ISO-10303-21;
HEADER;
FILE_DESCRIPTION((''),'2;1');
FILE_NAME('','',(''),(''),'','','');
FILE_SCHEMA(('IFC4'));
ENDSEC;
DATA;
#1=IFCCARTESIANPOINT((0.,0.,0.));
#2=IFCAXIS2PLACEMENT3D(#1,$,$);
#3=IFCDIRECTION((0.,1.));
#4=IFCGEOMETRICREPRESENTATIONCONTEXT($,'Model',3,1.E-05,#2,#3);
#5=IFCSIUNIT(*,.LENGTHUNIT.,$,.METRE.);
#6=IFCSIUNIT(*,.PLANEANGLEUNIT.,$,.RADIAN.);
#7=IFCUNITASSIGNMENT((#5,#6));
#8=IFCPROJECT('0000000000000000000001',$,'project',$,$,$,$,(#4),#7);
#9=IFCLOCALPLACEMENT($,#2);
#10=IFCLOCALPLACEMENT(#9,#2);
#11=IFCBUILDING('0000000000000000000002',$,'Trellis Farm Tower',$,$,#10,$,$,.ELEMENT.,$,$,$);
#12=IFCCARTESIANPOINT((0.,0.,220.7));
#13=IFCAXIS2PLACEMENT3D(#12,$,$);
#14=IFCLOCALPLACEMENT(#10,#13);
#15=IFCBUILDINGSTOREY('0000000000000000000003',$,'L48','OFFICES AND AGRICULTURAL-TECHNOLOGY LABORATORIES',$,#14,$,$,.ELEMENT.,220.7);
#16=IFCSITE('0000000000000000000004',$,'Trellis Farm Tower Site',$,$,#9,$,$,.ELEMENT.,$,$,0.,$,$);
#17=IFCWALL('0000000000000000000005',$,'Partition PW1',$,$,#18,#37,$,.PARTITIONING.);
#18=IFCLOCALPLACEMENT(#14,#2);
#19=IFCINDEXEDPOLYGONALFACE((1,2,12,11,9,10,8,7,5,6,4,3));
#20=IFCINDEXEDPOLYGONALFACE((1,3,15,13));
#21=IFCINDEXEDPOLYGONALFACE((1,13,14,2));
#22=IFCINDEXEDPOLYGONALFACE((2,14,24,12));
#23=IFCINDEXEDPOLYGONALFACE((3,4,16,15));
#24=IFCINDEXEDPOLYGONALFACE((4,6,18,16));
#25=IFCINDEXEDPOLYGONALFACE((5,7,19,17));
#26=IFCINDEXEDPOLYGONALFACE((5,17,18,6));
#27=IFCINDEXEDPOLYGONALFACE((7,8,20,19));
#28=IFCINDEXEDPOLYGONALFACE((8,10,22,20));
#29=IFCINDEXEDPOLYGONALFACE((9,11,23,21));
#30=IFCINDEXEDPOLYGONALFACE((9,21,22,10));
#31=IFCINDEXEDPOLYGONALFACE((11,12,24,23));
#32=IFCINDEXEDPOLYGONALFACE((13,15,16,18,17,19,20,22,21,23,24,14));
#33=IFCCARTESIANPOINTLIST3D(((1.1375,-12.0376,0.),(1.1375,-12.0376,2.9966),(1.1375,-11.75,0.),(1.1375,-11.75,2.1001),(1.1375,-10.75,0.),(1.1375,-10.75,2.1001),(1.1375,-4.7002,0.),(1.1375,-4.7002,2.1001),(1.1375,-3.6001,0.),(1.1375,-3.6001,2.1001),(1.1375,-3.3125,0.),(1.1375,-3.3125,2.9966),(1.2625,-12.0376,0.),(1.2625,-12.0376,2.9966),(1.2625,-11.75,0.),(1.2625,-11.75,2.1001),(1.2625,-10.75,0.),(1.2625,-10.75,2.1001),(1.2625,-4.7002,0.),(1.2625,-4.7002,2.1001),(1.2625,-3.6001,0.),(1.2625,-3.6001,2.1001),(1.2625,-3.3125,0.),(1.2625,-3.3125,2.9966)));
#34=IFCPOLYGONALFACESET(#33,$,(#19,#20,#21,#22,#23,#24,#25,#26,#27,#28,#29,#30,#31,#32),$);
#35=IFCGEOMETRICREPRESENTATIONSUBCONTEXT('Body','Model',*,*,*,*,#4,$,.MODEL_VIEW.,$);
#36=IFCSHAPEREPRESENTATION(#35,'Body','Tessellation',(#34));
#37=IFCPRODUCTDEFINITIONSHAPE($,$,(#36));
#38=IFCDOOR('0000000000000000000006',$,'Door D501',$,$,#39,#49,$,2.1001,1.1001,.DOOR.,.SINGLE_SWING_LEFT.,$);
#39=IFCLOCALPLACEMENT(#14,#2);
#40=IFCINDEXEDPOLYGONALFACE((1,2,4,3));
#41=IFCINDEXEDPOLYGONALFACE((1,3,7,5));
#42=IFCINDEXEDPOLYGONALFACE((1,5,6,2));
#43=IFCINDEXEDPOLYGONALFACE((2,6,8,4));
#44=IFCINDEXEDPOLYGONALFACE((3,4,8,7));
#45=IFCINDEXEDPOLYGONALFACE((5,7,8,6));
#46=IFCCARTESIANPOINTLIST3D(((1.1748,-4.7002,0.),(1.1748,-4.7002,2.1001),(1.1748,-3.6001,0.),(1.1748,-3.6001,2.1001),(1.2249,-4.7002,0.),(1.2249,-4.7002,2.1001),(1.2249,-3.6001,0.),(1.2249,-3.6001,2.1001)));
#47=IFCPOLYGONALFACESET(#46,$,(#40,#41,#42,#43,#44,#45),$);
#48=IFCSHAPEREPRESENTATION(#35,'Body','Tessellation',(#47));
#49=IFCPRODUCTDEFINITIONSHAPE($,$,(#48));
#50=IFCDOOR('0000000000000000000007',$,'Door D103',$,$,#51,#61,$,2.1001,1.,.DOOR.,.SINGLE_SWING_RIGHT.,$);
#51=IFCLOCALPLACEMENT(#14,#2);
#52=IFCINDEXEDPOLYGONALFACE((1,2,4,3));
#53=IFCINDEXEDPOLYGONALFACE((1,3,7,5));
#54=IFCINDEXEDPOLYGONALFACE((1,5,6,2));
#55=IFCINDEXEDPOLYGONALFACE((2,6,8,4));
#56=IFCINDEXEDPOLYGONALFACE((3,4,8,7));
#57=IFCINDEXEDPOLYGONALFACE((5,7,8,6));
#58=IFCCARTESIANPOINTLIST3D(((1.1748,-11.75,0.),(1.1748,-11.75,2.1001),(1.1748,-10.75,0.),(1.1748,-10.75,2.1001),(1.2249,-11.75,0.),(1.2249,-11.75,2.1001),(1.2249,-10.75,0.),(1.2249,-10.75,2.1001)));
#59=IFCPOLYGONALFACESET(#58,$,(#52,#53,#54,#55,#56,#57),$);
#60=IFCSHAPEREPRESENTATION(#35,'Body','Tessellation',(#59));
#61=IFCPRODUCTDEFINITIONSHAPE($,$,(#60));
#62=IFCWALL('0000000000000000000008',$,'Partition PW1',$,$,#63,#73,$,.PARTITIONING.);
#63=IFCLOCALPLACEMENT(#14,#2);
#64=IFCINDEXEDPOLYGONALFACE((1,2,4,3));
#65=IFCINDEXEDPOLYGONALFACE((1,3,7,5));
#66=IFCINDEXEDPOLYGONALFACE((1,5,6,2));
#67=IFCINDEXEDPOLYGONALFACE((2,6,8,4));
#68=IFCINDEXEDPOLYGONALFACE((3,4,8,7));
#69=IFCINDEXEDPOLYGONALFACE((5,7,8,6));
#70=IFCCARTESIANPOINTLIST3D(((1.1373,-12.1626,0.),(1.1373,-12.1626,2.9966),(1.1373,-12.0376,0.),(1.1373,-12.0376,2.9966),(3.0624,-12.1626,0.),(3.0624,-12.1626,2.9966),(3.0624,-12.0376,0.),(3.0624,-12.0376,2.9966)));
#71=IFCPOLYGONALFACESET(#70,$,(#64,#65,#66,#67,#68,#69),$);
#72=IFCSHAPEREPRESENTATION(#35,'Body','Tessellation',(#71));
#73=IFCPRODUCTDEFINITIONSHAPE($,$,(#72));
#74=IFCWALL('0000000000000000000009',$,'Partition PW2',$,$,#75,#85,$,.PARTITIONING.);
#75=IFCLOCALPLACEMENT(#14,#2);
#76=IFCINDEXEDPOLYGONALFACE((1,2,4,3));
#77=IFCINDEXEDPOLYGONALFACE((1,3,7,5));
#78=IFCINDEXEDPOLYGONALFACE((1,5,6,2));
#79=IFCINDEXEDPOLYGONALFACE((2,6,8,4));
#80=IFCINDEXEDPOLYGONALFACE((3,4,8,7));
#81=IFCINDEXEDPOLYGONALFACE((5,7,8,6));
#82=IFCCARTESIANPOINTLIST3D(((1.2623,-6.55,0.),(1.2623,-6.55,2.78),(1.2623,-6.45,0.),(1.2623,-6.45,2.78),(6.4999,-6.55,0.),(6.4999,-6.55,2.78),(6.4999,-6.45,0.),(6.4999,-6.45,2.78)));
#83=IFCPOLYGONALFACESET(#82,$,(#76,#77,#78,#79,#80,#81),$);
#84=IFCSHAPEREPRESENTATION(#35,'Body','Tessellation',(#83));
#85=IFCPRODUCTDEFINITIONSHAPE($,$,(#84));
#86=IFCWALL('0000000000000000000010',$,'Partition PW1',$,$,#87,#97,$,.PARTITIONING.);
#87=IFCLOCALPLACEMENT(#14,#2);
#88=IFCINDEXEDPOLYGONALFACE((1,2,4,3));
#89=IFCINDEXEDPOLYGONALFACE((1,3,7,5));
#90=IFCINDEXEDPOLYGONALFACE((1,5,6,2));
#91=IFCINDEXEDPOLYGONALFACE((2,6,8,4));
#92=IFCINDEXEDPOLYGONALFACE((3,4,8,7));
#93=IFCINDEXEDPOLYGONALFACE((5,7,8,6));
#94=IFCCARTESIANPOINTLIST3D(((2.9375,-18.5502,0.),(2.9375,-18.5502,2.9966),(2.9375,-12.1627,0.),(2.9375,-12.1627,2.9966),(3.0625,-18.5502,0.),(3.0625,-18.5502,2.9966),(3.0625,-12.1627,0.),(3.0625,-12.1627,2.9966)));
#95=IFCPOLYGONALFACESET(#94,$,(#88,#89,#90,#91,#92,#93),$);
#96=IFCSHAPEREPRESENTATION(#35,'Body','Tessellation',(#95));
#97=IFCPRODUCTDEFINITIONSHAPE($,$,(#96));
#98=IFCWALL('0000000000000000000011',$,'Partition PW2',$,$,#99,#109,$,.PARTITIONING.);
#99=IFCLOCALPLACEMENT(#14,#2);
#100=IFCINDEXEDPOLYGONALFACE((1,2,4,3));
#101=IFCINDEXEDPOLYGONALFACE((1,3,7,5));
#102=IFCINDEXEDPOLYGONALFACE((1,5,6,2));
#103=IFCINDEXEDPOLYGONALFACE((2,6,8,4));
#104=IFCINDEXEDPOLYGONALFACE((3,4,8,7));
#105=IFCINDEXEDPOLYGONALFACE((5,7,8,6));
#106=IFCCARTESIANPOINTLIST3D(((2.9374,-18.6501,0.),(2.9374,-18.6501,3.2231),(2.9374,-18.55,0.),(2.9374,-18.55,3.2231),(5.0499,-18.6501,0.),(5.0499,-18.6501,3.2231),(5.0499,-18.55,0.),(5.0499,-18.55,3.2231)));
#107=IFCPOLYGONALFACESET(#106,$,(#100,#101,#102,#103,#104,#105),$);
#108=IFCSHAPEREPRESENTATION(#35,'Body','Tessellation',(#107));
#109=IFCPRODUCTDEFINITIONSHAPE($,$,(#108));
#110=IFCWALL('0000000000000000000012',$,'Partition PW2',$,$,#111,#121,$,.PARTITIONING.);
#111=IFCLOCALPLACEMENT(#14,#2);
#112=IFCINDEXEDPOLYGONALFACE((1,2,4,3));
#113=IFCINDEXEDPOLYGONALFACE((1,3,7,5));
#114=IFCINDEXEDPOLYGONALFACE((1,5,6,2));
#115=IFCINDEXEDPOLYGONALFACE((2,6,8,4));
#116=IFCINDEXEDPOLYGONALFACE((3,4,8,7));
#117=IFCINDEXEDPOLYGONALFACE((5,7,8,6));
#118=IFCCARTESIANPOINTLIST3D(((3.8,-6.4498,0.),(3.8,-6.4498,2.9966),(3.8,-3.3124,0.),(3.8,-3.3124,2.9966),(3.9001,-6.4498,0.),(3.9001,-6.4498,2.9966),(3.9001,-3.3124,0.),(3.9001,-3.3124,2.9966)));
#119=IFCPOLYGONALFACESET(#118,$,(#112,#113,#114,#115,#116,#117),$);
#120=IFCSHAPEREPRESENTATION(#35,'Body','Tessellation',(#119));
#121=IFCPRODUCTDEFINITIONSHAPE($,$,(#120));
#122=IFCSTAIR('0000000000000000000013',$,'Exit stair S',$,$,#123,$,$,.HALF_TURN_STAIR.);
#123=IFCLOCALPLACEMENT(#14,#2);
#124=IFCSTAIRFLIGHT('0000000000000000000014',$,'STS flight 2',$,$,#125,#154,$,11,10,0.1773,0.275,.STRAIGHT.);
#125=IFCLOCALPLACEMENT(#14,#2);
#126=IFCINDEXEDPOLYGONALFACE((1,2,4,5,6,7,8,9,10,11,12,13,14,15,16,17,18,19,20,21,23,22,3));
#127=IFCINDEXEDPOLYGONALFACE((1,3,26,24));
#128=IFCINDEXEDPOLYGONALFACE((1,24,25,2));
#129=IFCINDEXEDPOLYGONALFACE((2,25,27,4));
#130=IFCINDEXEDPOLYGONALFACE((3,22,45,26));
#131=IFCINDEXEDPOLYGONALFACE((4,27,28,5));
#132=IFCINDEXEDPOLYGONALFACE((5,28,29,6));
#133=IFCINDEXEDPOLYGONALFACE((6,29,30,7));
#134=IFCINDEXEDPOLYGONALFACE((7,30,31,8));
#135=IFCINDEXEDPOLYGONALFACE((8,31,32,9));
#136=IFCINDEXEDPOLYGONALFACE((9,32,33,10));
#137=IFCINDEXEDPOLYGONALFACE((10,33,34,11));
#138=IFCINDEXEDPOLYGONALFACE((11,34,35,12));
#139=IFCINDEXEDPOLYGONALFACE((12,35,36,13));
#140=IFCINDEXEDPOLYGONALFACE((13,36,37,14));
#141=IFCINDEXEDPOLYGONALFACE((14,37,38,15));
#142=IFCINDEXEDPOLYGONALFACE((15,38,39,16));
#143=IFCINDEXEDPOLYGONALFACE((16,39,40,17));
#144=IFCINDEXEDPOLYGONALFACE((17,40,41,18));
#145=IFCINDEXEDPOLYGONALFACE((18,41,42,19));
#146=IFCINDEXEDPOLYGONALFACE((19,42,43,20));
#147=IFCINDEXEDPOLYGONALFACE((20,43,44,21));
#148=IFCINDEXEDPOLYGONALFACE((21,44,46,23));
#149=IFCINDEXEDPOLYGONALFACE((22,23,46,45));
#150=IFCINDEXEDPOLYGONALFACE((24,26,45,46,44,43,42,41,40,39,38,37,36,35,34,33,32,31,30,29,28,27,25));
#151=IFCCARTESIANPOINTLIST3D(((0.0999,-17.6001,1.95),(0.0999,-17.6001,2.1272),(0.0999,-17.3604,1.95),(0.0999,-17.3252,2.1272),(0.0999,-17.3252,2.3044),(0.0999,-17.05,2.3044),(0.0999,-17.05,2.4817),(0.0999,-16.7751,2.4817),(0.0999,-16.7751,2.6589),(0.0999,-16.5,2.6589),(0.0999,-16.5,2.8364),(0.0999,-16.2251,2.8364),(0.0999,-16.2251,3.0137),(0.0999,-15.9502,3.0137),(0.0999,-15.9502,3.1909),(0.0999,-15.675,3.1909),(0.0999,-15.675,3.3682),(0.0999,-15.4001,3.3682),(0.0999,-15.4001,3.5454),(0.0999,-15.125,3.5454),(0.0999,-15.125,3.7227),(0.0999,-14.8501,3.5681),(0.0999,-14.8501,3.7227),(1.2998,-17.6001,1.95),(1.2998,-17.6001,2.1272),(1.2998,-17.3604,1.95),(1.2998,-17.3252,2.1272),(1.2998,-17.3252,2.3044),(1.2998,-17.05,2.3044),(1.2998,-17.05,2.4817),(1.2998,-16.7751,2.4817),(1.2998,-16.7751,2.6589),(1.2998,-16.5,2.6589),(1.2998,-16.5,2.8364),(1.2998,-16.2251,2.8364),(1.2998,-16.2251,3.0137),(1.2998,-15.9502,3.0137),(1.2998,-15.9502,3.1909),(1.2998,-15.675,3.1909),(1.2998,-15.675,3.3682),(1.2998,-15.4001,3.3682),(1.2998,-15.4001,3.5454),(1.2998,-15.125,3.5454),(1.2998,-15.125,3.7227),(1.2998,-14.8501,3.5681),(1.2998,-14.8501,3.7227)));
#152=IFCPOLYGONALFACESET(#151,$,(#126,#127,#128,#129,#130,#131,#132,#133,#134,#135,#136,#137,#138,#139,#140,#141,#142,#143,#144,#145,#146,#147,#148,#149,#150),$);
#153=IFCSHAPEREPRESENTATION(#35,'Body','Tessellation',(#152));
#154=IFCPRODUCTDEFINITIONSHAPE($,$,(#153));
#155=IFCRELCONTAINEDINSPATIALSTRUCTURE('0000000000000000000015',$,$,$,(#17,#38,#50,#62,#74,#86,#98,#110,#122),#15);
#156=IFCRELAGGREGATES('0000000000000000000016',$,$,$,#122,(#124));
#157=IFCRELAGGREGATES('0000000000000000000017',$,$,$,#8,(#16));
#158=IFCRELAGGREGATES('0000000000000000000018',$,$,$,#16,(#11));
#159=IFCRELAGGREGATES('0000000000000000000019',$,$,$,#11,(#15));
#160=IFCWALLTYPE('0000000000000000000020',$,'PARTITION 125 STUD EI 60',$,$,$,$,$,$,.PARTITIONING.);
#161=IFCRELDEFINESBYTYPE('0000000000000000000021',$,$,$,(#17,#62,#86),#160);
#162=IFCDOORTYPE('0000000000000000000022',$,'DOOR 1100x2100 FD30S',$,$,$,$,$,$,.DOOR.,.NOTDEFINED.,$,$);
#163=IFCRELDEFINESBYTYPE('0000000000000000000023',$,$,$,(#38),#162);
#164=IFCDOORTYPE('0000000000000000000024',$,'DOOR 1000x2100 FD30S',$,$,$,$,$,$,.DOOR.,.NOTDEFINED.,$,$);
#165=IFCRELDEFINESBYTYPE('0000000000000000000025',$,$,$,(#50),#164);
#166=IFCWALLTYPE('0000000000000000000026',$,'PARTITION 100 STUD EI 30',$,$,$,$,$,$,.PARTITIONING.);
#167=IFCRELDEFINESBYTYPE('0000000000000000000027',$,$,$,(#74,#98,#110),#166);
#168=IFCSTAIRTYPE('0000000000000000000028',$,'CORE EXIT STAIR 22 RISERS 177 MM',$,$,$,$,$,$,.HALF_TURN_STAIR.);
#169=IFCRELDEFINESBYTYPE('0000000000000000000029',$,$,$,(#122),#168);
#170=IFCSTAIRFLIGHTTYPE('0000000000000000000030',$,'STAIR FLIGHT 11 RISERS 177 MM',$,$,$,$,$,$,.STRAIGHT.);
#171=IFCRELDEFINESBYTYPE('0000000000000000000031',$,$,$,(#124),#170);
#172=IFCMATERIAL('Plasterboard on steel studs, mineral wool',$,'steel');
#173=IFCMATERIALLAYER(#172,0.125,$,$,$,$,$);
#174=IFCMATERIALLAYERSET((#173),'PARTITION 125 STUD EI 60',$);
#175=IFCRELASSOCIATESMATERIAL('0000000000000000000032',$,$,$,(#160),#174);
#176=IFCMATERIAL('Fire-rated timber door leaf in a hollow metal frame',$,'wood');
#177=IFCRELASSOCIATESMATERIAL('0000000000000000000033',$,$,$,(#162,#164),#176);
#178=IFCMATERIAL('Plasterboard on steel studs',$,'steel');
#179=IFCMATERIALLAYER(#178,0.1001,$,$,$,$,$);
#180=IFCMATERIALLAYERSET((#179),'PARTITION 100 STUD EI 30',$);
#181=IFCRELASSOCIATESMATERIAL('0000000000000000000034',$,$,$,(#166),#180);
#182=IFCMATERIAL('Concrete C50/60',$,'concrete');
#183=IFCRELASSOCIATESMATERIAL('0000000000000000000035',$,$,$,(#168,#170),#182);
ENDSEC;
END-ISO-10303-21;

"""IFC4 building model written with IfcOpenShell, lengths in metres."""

from ifc_helpers import new_model, si_unit, direction, frame, frame_2d, origin, place, context, subcontext, project, spatial, polyline, rectangle, outline, extrude, source, transform, mapped, material, layer, layer_set, type_object, element, fill, aggregate, save


model = new_model("IFC4")

# Units and contexts
model_context = context("Model", 3, precision=1e-05, world=origin(), true_north=direction((0.0, 1.0)))
body_context = subcontext(model_context, "Body", "Model", "MODEL_VIEW")
ifc_project = project(units=[si_unit("LENGTHUNIT", "METRE"), si_unit("PLANEANGLEUNIT", "RADIAN")], contexts=[model_context])

# Site, building, storey
site_placement = place(None, origin())
site = spatial("IfcSite", under=ifc_project, at=site_placement, Name="Trellis Farm Tower Site", CompositionType="ELEMENT", RefElevation=0.0)
building_placement = place(site_placement, origin())
building = spatial("IfcBuilding", under=site, at=building_placement, Name="Trellis Farm Tower", CompositionType="ELEMENT")
storey_placement = place(building_placement, frame((0.0, 0.0, 220.7)))
storey = spatial("IfcBuildingStorey", under=building, at=storey_placement, Name="L48", Description="OFFICES AND AGRICULTURAL-TECHNOLOGY LABORATORIES", CompositionType="ELEMENT", Elevation=220.7)

# Shared definitions
placement = place(storey_placement, origin())

# Shared definitions
ifc_material_1 = material(Name="Plasterboard on steel studs, mineral wool", Category="steel")
ifc_layer_1 = layer(ifc_material_1, 0.125)
ifc_layer_set_1 = layer_set([ifc_layer_1], Name="PARTITION 125 STUD EI 60")
wall_type_1 = type_object("IfcWallType", Name="PARTITION 125 STUD EI 60", PredefinedType="PARTITIONING", material=ifc_layer_set_1)

# Wall, openings, doors
shared_shape_1 = source(origin(), body_context, "Body", "SweptSolid", [
    extrude(rectangle(XDim=8.7251, YDim=0.125, at=frame_2d((4.3625, 0.0))), origin(), (0.0, 0.0, 1.0), 2.9966),
])
wall_1_placement = place(storey_placement, frame((1.2, -3.3125, 0.0), z_axis=(0.0, 0.0, 1.0), x_axis=(0.0, -1.0, 0.0)))
wall_1 = element("IfcWall", 1, at=wall_1_placement, inside=storey, type_object=wall_type_1, Name="Partition PW1", PredefinedType="PARTITIONING", context=body_context, shape_type="MappedRepresentation", body=[
    mapped(shared_shape_1, transform((0.0, 0.0, 0.0))),
])
shared_shape_2 = source(origin(), body_context, "Body", "SweptSolid", [
    extrude(rectangle(XDim=1.0, YDim=2.1001, at=frame_2d((0.5, 1.05))), frame((0.0, 0.0725, 0.0), z_axis=(0.0, -1.0, 0.0), x_axis=(1.0, 0.0, 0.0)), (0.0, 0.0, 1.0), 0.145),
])
opening_1_placement = place(wall_1_placement, frame((7.4375, 0.0, 0.0)))
opening_1 = element("IfcOpeningElement", 2, at=opening_1_placement, cuts=wall_1, PredefinedType="OPENING", context=body_context, shape_type="MappedRepresentation", body=[
    mapped(shared_shape_2, transform((0.0, 0.0, 0.0))),
])
shared_shape_3 = source(origin(), body_context, "Body", "SweptSolid", [
    extrude(rectangle(XDim=1.1001, YDim=2.1001, at=frame_2d((0.55, 1.05))), frame((0.0, 0.0725, 0.0), z_axis=(0.0, -1.0, 0.0), x_axis=(1.0, 0.0, 0.0)), (0.0, 0.0, 1.0), 0.145),
])
opening_2_placement = place(wall_1_placement, frame((0.2876, 0.0, 0.0)))
opening_2 = element("IfcOpeningElement", 3, at=opening_2_placement, cuts=wall_1, PredefinedType="OPENING", context=body_context, shape_type="MappedRepresentation", body=[
    mapped(shared_shape_3, transform((0.0, 0.0, 0.0))),
])
ifc_material_2 = material(Name="Fire-rated timber door leaf in a hollow metal frame", Category="wood")
door_type_1 = type_object("IfcDoorType", Name="DOOR 1100x2100 FD30S", OperationType="NOTDEFINED", PredefinedType="DOOR", material=ifc_material_2)
shared_shape_4 = source(origin(), body_context, "Body", "SweptSolid", [
    extrude(rectangle(XDim=1.1001, YDim=2.1001, at=frame_2d((0.55, 1.05))), frame((0.0, 0.0249, 0.0), z_axis=(0.0, -1.0, 0.0), x_axis=(1.0, 0.0, 0.0)), (0.0, 0.0, 1.0), 0.05),
])
door_1_placement = place(opening_2_placement, origin())
door_1 = element("IfcDoor", 4, at=door_1_placement, inside=storey, type_object=door_type_1, Name="Door D501", OperationType="SINGLE_SWING_LEFT", OverallHeight=2.1001, OverallWidth=1.1001, PredefinedType="DOOR", context=body_context, shape_type="MappedRepresentation", body=[
    mapped(shared_shape_4, transform((0.0, 0.0, 0.0))),
])
fill(opening_2, door_1)
door_type_2 = type_object("IfcDoorType", Name="DOOR 1000x2100 FD30S", OperationType="NOTDEFINED", PredefinedType="DOOR", material=ifc_material_2)
shared_shape_5 = source(origin(), body_context, "Body", "SweptSolid", [
    extrude(rectangle(XDim=1.0, YDim=2.1001, at=frame_2d((0.5, 1.05))), frame((0.0, 0.0249, 0.0), z_axis=(0.0, -1.0, 0.0), x_axis=(1.0, 0.0, 0.0)), (0.0, 0.0, 1.0), 0.05),
])
door_2_placement = place(opening_1_placement, origin())
door_2 = element("IfcDoor", 5, at=door_2_placement, inside=storey, type_object=door_type_2, Name="Door D103", OperationType="SINGLE_SWING_RIGHT", OverallHeight=2.1001, OverallWidth=1.0, PredefinedType="DOOR", context=body_context, shape_type="MappedRepresentation", body=[
    mapped(shared_shape_5, transform((0.0, 0.0, 0.0))),
])
fill(opening_1, door_2)

# Walls
shared_shape_6 = source(origin(), body_context, "Body", "SweptSolid", [
    extrude(rectangle(XDim=1.925, YDim=0.125, at=frame_2d((0.9624, 0.0))), origin(), (0.0, 0.0, 1.0), 2.9966),
])
wall_2_placement = place(storey_placement, frame((1.1375, -12.1001, 0.0), z_axis=(0.0, 0.0, 1.0), x_axis=(1.0, 0.0, 0.0)))
element("IfcWall", 6, at=wall_2_placement, inside=storey, type_object=wall_type_1, Name="Partition PW1", PredefinedType="PARTITIONING", context=body_context, shape_type="MappedRepresentation", body=[
    mapped(shared_shape_6, transform((0.0, 0.0, 0.0))),
])
ifc_material_3 = material(Name="Plasterboard on steel studs", Category="steel")
ifc_layer_2 = layer(ifc_material_3, 0.1001)
ifc_layer_set_2 = layer_set([ifc_layer_2], Name="PARTITION 100 STUD EI 30")
wall_type_2 = type_object("IfcWallType", Name="PARTITION 100 STUD EI 30", PredefinedType="PARTITIONING", material=ifc_layer_set_2)
shared_shape_7 = source(origin(), body_context, "Body", "SweptSolid", [
    extrude(rectangle(XDim=5.2375, YDim=0.1001, at=frame_2d((2.6187, 0.0))), origin(), (0.0, 0.0, 1.0), 2.78),
])
wall_3_placement = place(storey_placement, frame((1.2625, -6.5, 0.0), z_axis=(0.0, 0.0, 1.0), x_axis=(1.0, 0.0, 0.0)))
element("IfcWall", 7, at=wall_3_placement, inside=storey, type_object=wall_type_2, Name="Partition PW2", PredefinedType="PARTITIONING", context=body_context, shape_type="MappedRepresentation", body=[
    mapped(shared_shape_7, transform((0.0, 0.0, 0.0))),
])
shared_shape_8 = source(origin(), body_context, "Body", "SweptSolid", [
    extrude(rectangle(XDim=6.3875, YDim=0.125, at=frame_2d((3.1938, 0.0))), origin(), (0.0, 0.0, 1.0), 2.9966),
])
wall_4_placement = place(storey_placement, frame((3.0, -12.1626, 0.0), z_axis=(0.0, 0.0, 1.0), x_axis=(0.0, -1.0, 0.0)))
element("IfcWall", 8, at=wall_4_placement, inside=storey, type_object=wall_type_1, Name="Partition PW1", PredefinedType="PARTITIONING", context=body_context, shape_type="MappedRepresentation", body=[
    mapped(shared_shape_8, transform((0.0, 0.0, 0.0))),
])
shared_shape_9 = source(origin(), body_context, "Body", "SweptSolid", [
    extrude(rectangle(XDim=2.1125, YDim=0.1001, at=frame_2d((1.0562, 0.0))), origin(), (0.0, 0.0, 1.0), 3.2231),
])
wall_5_placement = place(storey_placement, frame((2.9375, -18.6001, 0.0), z_axis=(0.0, 0.0, 1.0), x_axis=(1.0, 0.0, 0.0)))
element("IfcWall", 9, at=wall_5_placement, inside=storey, type_object=wall_type_2, Name="Partition PW2", PredefinedType="PARTITIONING", context=body_context, shape_type="MappedRepresentation", body=[
    mapped(shared_shape_9, transform((0.0, 0.0, 0.0))),
])
shared_shape_10 = source(origin(), body_context, "Body", "SweptSolid", [
    extrude(rectangle(XDim=3.1375, YDim=0.1001, at=frame_2d((1.5688, 0.0))), origin(), (0.0, 0.0, 1.0), 2.9966),
])
wall_6_placement = place(storey_placement, frame((3.8501, -6.45, 0.0), z_axis=(0.0, 0.0, 1.0), x_axis=(0.0, 1.0, 0.0)))
element("IfcWall", 10, at=wall_6_placement, inside=storey, type_object=wall_type_2, Name="Partition PW2", PredefinedType="PARTITIONING", context=body_context, shape_type="MappedRepresentation", body=[
    mapped(shared_shape_10, transform((0.0, 0.0, 0.0))),
])

# Stair, stair flight
ifc_material_4 = material(Name="Concrete C50/60", Category="concrete")
stair_type = type_object("IfcStairType", Name="CORE EXIT STAIR 22 RISERS 177 MM", PredefinedType="HALF_TURN_STAIR", material=ifc_material_4)
stair = element("IfcStair", 11, at=placement, inside=storey, type_object=stair_type, Name="Exit stair S", PredefinedType="HALF_TURN_STAIR")
stair_flight_type = type_object("IfcStairFlightType", Name="STAIR FLIGHT 11 RISERS 177 MM", PredefinedType="STRAIGHT", material=ifc_material_4)
shared_shape_11 = source(origin(), body_context, "Body", "SweptSolid", [
    extrude(outline(polyline([(0.0, 0.0), (0.0, 0.1772), (0.2749, 0.1772), (0.2749, 0.3545), (0.55, 0.3545), (0.55, 0.5317), (0.825, 0.5317), (0.825, 0.709), (1.1001, 0.709), (1.1001, 0.8865), (1.375, 0.8865), (1.375, 1.0637), (1.6499, 1.0637), (1.6499, 1.241), (1.925, 1.241), (1.925, 1.4182), (2.2, 1.4182), (2.2, 1.5955), (2.4751, 1.5955), (2.4751, 1.7727), (2.75, 1.7727), (2.75, 1.95), (2.75, 1.6182), (0.2397, 0.0), (0.0, 0.0)])), frame((0.0, 0.6001, 0.0), z_axis=(0.0, -1.0, 0.0), x_axis=(1.0, 0.0, 0.0)), (0.0, 0.0, 1.0), 1.2),
])
stair_flight_placement = place(storey_placement, frame((0.7, -17.6001, 1.95), z_axis=(0.0, 0.0, 1.0), x_axis=(0.0, 1.0, 0.0)))
stair_flight = element("IfcStairFlight", 12, at=stair_flight_placement, type_object=stair_flight_type, Name="STS flight 2", NumberOfRisers=11, NumberOfTreads=10, PredefinedType="STRAIGHT", RiserHeight=0.1773, TreadLength=0.275, context=body_context, shape_type="MappedRepresentation", body=[
    mapped(shared_shape_11, transform((0.0, 0.0, 0.0))),
])
aggregate(stair, [stair_flight])

save(model, "model.ifc")
